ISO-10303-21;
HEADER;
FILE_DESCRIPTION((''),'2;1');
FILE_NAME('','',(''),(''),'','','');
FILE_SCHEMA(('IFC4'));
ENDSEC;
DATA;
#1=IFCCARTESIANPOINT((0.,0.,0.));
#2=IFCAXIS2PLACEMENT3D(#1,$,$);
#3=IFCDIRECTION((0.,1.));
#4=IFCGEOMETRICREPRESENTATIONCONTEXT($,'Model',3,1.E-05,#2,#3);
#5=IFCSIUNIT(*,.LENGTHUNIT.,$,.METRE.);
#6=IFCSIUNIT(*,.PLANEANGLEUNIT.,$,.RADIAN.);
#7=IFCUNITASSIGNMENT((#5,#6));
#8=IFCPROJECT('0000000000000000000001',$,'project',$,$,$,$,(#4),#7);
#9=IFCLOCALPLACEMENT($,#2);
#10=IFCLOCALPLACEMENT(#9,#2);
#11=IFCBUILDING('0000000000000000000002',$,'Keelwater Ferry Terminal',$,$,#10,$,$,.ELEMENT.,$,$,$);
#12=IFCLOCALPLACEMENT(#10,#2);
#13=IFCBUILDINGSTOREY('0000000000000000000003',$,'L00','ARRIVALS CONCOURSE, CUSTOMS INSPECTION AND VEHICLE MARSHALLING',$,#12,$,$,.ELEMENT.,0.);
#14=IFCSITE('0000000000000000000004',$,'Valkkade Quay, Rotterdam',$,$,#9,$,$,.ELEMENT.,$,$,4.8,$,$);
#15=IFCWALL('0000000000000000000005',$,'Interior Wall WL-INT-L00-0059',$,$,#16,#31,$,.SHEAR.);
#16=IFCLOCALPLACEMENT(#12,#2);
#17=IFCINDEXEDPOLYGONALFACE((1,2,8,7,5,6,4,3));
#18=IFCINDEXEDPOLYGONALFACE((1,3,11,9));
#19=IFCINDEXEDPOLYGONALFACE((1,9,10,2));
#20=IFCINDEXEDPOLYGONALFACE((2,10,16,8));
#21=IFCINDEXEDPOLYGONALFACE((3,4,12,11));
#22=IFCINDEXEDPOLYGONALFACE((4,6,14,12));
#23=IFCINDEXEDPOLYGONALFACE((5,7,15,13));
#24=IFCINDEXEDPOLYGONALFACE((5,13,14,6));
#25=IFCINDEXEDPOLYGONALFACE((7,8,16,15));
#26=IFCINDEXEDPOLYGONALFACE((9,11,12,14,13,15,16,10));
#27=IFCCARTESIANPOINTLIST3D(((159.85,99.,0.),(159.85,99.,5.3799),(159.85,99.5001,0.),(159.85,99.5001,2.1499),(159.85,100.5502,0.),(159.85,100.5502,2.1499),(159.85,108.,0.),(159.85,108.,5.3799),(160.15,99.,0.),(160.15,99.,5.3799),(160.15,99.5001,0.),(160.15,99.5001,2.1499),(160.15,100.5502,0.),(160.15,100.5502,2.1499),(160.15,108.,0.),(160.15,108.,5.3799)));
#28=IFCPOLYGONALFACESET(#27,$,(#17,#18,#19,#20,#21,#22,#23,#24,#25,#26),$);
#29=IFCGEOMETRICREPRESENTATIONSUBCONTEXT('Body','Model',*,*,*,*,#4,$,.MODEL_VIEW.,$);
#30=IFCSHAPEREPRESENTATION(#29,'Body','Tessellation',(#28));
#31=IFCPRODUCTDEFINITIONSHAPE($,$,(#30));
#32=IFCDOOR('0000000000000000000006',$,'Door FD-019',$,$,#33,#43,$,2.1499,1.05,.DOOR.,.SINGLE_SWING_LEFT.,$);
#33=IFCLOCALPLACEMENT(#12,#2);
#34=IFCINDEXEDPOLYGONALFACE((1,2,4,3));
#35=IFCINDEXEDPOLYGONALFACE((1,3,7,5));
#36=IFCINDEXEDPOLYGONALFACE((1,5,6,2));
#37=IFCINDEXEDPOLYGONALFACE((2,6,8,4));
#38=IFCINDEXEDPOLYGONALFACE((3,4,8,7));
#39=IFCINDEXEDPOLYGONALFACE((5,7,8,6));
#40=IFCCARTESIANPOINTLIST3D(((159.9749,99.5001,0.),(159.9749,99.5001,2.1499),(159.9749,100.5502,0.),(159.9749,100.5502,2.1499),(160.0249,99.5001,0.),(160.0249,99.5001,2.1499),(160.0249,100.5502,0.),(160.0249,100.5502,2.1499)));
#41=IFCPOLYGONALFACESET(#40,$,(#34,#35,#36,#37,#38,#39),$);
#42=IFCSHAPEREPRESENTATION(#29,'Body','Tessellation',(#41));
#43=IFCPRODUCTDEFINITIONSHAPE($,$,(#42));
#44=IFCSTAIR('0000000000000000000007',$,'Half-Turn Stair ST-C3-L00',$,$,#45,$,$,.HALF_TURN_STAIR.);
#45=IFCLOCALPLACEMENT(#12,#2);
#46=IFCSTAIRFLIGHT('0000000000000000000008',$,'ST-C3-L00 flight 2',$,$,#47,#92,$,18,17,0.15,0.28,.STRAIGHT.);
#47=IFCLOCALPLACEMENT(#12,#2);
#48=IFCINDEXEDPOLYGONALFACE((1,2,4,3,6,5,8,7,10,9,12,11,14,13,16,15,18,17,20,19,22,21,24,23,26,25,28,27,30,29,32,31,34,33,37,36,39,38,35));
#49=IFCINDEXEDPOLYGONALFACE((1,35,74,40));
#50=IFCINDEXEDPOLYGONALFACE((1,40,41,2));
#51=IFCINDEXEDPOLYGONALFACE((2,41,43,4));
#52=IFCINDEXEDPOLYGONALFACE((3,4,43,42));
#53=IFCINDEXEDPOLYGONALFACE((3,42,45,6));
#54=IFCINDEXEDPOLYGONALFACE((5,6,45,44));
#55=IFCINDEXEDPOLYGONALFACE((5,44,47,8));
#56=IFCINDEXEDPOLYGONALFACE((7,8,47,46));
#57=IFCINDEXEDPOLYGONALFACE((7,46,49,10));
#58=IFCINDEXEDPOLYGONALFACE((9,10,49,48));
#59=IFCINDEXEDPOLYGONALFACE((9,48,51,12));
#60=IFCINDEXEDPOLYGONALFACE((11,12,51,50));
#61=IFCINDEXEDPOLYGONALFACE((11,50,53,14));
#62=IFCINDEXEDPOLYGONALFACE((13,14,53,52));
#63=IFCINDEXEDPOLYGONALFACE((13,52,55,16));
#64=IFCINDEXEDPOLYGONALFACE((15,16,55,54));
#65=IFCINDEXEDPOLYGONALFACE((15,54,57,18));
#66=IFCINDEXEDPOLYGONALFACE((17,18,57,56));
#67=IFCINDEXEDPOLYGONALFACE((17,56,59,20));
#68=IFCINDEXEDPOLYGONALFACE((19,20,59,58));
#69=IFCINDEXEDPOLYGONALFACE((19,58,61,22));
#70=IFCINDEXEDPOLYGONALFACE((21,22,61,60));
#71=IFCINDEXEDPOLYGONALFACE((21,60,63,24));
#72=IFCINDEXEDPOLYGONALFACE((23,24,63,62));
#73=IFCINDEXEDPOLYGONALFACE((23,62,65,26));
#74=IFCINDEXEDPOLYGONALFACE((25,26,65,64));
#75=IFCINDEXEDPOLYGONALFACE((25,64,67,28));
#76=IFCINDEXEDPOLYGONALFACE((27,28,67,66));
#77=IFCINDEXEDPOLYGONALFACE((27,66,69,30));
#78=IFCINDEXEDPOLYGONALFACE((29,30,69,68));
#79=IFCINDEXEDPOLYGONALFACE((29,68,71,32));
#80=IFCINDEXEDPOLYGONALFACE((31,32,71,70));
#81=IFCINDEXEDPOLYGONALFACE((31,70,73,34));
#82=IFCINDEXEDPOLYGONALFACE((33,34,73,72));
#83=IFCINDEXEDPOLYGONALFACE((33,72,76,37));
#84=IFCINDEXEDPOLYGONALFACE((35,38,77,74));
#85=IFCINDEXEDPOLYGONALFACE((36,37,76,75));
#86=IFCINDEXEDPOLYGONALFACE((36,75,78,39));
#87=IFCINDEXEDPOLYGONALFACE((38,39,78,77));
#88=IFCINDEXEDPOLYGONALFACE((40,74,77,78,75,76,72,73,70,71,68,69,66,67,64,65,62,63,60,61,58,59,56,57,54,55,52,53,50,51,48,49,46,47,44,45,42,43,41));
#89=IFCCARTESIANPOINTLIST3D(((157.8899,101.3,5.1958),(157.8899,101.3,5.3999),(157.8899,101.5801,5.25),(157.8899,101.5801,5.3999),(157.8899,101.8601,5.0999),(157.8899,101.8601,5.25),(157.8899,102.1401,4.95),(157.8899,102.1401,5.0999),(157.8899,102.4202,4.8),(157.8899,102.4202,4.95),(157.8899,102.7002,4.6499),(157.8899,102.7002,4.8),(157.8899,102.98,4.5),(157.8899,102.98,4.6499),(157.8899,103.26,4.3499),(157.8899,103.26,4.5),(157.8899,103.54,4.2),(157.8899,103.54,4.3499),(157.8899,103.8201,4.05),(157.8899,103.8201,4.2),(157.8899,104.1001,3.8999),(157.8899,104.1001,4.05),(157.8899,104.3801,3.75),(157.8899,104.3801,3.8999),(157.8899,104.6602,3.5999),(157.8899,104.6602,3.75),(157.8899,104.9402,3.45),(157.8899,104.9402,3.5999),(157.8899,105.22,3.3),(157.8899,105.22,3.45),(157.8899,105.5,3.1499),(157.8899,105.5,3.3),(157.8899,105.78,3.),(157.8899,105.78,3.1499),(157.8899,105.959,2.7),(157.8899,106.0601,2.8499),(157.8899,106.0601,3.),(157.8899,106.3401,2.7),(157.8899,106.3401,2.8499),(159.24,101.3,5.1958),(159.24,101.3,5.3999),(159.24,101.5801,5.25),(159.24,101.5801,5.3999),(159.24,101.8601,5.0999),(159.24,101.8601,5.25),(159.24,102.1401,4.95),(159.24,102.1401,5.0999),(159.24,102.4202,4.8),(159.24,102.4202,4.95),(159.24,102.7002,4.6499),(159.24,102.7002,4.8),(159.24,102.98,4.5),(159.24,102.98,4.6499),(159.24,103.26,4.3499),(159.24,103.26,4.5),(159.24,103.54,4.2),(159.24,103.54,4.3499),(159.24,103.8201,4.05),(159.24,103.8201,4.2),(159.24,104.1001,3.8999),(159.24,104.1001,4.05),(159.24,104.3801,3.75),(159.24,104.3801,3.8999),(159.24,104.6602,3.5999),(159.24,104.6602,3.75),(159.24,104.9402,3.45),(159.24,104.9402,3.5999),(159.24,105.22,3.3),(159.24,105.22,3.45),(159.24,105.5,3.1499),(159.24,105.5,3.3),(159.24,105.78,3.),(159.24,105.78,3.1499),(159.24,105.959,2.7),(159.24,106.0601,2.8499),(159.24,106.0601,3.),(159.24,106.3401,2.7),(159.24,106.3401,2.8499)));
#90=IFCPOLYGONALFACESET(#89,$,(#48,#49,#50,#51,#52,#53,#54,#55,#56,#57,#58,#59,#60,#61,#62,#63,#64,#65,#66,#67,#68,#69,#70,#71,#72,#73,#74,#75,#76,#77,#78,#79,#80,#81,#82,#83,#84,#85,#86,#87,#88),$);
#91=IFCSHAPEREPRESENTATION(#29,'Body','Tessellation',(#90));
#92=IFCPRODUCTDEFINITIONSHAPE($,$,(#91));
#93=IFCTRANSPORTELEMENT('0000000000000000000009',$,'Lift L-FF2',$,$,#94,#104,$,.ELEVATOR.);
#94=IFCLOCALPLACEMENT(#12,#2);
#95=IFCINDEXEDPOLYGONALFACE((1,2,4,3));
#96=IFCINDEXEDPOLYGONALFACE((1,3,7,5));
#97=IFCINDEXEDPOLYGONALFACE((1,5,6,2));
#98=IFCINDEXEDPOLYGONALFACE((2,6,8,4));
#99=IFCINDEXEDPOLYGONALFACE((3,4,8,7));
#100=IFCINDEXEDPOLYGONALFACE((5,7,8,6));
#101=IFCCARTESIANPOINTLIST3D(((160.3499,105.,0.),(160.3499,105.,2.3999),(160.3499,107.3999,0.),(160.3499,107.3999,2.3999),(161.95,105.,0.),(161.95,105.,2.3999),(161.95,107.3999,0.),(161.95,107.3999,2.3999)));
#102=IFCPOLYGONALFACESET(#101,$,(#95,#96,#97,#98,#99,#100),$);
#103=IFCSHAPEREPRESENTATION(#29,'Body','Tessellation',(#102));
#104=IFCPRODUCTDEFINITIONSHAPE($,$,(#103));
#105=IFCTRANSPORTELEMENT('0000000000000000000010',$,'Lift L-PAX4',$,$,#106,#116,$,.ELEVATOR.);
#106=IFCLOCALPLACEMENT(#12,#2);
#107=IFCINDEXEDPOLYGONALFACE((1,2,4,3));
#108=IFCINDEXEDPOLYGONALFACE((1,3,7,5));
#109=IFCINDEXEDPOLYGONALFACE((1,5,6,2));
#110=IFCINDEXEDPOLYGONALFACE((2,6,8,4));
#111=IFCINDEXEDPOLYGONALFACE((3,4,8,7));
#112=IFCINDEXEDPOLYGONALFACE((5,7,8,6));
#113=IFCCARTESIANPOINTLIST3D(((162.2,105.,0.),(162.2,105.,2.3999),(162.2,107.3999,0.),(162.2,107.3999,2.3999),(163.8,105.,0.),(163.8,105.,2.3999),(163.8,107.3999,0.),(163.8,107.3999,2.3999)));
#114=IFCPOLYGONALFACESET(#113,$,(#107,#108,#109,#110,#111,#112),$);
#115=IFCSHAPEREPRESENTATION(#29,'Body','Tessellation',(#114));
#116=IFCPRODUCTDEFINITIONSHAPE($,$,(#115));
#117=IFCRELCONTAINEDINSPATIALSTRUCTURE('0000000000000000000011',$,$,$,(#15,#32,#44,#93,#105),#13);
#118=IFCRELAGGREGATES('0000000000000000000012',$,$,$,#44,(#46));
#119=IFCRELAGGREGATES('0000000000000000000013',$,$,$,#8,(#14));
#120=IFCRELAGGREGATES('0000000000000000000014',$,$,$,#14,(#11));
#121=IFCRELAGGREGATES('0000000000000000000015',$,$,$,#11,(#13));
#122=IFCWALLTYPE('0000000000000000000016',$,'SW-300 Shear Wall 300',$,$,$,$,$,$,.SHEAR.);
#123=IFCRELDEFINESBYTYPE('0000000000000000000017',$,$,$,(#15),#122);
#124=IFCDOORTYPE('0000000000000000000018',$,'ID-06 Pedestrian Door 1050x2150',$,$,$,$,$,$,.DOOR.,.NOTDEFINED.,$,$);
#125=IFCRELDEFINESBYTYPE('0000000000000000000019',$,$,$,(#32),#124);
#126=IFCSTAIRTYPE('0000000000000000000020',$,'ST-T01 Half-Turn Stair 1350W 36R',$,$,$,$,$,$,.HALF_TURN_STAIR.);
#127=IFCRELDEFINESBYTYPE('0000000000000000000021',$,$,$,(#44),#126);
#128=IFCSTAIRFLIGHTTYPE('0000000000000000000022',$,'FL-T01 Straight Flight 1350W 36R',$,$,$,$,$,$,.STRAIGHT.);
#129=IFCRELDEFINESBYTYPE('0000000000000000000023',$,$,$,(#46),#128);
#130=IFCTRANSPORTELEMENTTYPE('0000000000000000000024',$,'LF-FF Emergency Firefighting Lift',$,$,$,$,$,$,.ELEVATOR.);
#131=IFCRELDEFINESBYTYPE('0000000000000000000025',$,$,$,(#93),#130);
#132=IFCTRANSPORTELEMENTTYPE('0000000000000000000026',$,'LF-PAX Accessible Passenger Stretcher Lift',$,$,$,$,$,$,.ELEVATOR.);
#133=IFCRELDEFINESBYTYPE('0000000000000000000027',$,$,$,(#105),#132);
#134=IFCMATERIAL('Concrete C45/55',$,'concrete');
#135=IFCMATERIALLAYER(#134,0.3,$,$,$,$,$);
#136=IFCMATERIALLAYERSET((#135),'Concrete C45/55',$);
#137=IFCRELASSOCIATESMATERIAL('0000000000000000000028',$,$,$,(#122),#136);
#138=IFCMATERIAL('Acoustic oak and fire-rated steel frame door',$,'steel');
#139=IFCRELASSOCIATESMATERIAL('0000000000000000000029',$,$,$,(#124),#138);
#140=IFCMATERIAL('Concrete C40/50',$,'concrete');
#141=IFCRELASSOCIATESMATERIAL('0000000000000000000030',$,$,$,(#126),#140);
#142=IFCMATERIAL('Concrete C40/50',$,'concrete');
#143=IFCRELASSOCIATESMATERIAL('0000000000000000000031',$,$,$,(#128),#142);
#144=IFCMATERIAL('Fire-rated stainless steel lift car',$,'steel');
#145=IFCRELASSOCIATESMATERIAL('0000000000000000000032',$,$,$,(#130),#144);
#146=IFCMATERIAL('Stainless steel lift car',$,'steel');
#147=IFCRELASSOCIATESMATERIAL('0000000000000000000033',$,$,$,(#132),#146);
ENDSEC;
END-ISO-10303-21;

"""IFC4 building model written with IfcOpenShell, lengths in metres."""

from ifc_helpers import new_model, si_unit, direction, frame, frame_2d, origin, origin_2d, place, context, subcontext, project, spatial, polyline, rectangle, outline, extrude, material, layer, layer_set, type_object, element, fill, aggregate, save


model = new_model("IFC4")

# Units and contexts
model_context = context("Model", 3, precision=1e-05, world=origin(), true_north=direction((0.0, 1.0)))
body_context = subcontext(model_context, "Body", "Model", "MODEL_VIEW")
ifc_project = project(units=[si_unit("LENGTHUNIT", "METRE"), si_unit("PLANEANGLEUNIT", "RADIAN")], contexts=[model_context])

# Site, building, storey
site_placement = place(None, origin())
site = spatial("IfcSite", under=ifc_project, at=site_placement, Name="Valkkade Quay, Rotterdam", CompositionType="ELEMENT", RefElevation=4.8)
building_placement = place(site_placement, origin())
building = spatial("IfcBuilding", under=site, at=building_placement, Name="Keelwater Ferry Terminal", CompositionType="ELEMENT")
storey_placement = place(building_placement, origin())
storey = spatial("IfcBuildingStorey", under=building, at=storey_placement, Name="L00", Description="ARRIVALS CONCOURSE, CUSTOMS INSPECTION AND VEHICLE MARSHALLING", CompositionType="ELEMENT", Elevation=0.0)

# Wall, opening, door
ifc_material_1 = material(Name="Concrete C45/55", Category="concrete")
ifc_layer_1 = layer(ifc_material_1, 0.3)
ifc_layer_set_1 = layer_set([ifc_layer_1], Name="Concrete C45/55")
wall_type_1 = type_object("IfcWallType", Name="SW-300 Shear Wall 300", PredefinedType="SHEAR", material=ifc_layer_set_1)
wall_1_placement = place(storey_placement, frame((160.0, 108.0, 0.0), z_axis=(0.0, 0.0, 1.0), x_axis=(0.0, -1.0, 0.0)))
wall_1 = element("IfcWall", 1, at=wall_1_placement, inside=storey, type_object=wall_type_1, Name="Interior Wall WL-INT-L00-0059", PredefinedType="SHEAR", context=body_context, shape_type="SweptSolid", body=[
    extrude(rectangle(XDim=9.0, YDim=0.3, at=frame_2d((4.5, 0.0))), origin(), (0.0, 0.0, 1.0), 5.3799),
])
opening_1_placement = place(wall_1_placement, frame((7.45, 0.0, 0.0)))
opening_1 = element("IfcOpeningElement", 2, at=opening_1_placement, cuts=wall_1, PredefinedType="OPENING", context=body_context, shape_type="SweptSolid", body=[
    extrude(rectangle(XDim=1.05, YDim=2.1499, at=frame_2d((0.5249, 1.075))), frame((0.0, 0.1599, 0.0), z_axis=(0.0, -1.0, 0.0), x_axis=(1.0, 0.0, 0.0)), (0.0, 0.0, 1.0), 0.3201),
])
ifc_material_2 = material(Name="Acoustic oak and fire-rated steel frame door", Category="steel")
door_type_1 = type_object("IfcDoorType", Name="ID-06 Pedestrian Door 1050x2150", OperationType="NOTDEFINED", PredefinedType="DOOR", material=ifc_material_2)
door_1_placement = place(opening_1_placement, origin())
door_1 = element("IfcDoor", 3, at=door_1_placement, inside=storey, type_object=door_type_1, Name="Door FD-019", OperationType="SINGLE_SWING_LEFT", OverallHeight=2.1499, OverallWidth=1.05, PredefinedType="DOOR", context=body_context, shape_type="SweptSolid", body=[
    extrude(rectangle(XDim=1.05, YDim=2.1499, at=frame_2d((0.5249, 1.075))), frame((0.0, 0.0249, 0.0), z_axis=(0.0, -1.0, 0.0), x_axis=(1.0, 0.0, 0.0)), (0.0, 0.0, 1.0), 0.05),
])
fill(opening_1, door_1)

# Stair, stair flight
ifc_material_3 = material(Name="Concrete C40/50", Category="concrete")
stair_type = type_object("IfcStairType", Name="ST-T01 Half-Turn Stair 1350W 36R", PredefinedType="HALF_TURN_STAIR", material=ifc_material_3)
stair_placement = place(storey_placement, origin())
stair = element("IfcStair", 4, at=stair_placement, inside=storey, type_object=stair_type, Name="Half-Turn Stair ST-C3-L00", PredefinedType="HALF_TURN_STAIR")
ifc_material_4 = material(Name="Concrete C40/50", Category="concrete")
stair_flight_type = type_object("IfcStairFlightType", Name="FL-T01 Straight Flight 1350W 36R", PredefinedType="STRAIGHT", material=ifc_material_4)
stair_flight_placement = place(storey_placement, frame((158.5649, 106.3401, 2.7), z_axis=(0.0, 0.0, 1.0), x_axis=(0.0, -1.0, 0.0)))
stair_flight = element("IfcStairFlight", 5, at=stair_flight_placement, type_object=stair_flight_type, Name="ST-C3-L00 flight 2", NumberOfRisers=18, NumberOfTreads=17, PredefinedType="STRAIGHT", RiserHeight=0.15, TreadLength=0.28, context=body_context, shape_type="SweptSolid", body=[
    extrude(outline(polyline([(0.0, 0.0), (0.0, 0.1499), (0.28, 0.1499), (0.28, 0.3), (0.5601, 0.3), (0.5601, 0.45), (0.8401, 0.45), (0.8401, 0.6001), (1.1201, 0.6001), (1.1201, 0.75), (1.3999, 0.75), (1.3999, 0.8999), (1.6799, 0.8999), (1.6799, 1.05), (1.96, 1.05), (1.96, 1.2), (2.24, 1.2), (2.24, 1.3501), (2.52, 1.3501), (2.52, 1.5), (2.8, 1.5), (2.8, 1.6499), (3.0801, 1.6499), (3.0801, 1.8), (3.3601, 1.8), (3.3601, 1.95), (3.6399, 1.95), (3.6399, 2.1001), (3.9199, 2.1001), (3.9199, 2.25), (4.2, 2.25), (4.2, 2.3999), (4.48, 2.3999), (4.48, 2.55), (4.76, 2.55), (4.76, 2.7), (5.04, 2.7), (5.04, 2.4958), (0.3811, 0.0), (0.0, 0.0)])), frame((0.0, 0.675, 0.0), z_axis=(0.0, -1.0, 0.0), x_axis=(1.0, 0.0, 0.0)), (0.0, 0.0, 1.0), 1.3501),
])
aggregate(stair, [stair_flight])

# Transport elements
ifc_material_5 = material(Name="Fire-rated stainless steel lift car", Category="steel")
transport_element_type_1 = type_object("IfcTransportElementType", Name="LF-FF Emergency Firefighting Lift", PredefinedType="ELEVATOR", material=ifc_material_5)
transport_element_1_placement = place(storey_placement, frame((161.1499, 106.2, 0.0), z_axis=(0.0, 0.0, 1.0), x_axis=(1.0, 0.0, 0.0)))
element("IfcTransportElement", 6, at=transport_element_1_placement, inside=storey, type_object=transport_element_type_1, Name="Lift L-FF2", PredefinedType="ELEVATOR", context=body_context, shape_type="SweptSolid", body=[
    extrude(rectangle(XDim=1.6001, YDim=2.3999, at=origin_2d()), origin(), (0.0, 0.0, 1.0), 2.3999),
])
ifc_material_6 = material(Name="Stainless steel lift car", Category="steel")
transport_element_type_2 = type_object("IfcTransportElementType", Name="LF-PAX Accessible Passenger Stretcher Lift", PredefinedType="ELEVATOR", material=ifc_material_6)
transport_element_2_placement = place(storey_placement, frame((163.0, 106.2, 0.0), z_axis=(0.0, 0.0, 1.0), x_axis=(1.0, 0.0, 0.0)))
element("IfcTransportElement", 7, at=transport_element_2_placement, inside=storey, type_object=transport_element_type_2, Name="Lift L-PAX4", PredefinedType="ELEVATOR", context=body_context, shape_type="SweptSolid", body=[
    extrude(rectangle(XDim=1.6001, YDim=2.3999, at=origin_2d()), origin(), (0.0, 0.0, 1.0), 2.3999),
])

save(model, "model.ifc")
